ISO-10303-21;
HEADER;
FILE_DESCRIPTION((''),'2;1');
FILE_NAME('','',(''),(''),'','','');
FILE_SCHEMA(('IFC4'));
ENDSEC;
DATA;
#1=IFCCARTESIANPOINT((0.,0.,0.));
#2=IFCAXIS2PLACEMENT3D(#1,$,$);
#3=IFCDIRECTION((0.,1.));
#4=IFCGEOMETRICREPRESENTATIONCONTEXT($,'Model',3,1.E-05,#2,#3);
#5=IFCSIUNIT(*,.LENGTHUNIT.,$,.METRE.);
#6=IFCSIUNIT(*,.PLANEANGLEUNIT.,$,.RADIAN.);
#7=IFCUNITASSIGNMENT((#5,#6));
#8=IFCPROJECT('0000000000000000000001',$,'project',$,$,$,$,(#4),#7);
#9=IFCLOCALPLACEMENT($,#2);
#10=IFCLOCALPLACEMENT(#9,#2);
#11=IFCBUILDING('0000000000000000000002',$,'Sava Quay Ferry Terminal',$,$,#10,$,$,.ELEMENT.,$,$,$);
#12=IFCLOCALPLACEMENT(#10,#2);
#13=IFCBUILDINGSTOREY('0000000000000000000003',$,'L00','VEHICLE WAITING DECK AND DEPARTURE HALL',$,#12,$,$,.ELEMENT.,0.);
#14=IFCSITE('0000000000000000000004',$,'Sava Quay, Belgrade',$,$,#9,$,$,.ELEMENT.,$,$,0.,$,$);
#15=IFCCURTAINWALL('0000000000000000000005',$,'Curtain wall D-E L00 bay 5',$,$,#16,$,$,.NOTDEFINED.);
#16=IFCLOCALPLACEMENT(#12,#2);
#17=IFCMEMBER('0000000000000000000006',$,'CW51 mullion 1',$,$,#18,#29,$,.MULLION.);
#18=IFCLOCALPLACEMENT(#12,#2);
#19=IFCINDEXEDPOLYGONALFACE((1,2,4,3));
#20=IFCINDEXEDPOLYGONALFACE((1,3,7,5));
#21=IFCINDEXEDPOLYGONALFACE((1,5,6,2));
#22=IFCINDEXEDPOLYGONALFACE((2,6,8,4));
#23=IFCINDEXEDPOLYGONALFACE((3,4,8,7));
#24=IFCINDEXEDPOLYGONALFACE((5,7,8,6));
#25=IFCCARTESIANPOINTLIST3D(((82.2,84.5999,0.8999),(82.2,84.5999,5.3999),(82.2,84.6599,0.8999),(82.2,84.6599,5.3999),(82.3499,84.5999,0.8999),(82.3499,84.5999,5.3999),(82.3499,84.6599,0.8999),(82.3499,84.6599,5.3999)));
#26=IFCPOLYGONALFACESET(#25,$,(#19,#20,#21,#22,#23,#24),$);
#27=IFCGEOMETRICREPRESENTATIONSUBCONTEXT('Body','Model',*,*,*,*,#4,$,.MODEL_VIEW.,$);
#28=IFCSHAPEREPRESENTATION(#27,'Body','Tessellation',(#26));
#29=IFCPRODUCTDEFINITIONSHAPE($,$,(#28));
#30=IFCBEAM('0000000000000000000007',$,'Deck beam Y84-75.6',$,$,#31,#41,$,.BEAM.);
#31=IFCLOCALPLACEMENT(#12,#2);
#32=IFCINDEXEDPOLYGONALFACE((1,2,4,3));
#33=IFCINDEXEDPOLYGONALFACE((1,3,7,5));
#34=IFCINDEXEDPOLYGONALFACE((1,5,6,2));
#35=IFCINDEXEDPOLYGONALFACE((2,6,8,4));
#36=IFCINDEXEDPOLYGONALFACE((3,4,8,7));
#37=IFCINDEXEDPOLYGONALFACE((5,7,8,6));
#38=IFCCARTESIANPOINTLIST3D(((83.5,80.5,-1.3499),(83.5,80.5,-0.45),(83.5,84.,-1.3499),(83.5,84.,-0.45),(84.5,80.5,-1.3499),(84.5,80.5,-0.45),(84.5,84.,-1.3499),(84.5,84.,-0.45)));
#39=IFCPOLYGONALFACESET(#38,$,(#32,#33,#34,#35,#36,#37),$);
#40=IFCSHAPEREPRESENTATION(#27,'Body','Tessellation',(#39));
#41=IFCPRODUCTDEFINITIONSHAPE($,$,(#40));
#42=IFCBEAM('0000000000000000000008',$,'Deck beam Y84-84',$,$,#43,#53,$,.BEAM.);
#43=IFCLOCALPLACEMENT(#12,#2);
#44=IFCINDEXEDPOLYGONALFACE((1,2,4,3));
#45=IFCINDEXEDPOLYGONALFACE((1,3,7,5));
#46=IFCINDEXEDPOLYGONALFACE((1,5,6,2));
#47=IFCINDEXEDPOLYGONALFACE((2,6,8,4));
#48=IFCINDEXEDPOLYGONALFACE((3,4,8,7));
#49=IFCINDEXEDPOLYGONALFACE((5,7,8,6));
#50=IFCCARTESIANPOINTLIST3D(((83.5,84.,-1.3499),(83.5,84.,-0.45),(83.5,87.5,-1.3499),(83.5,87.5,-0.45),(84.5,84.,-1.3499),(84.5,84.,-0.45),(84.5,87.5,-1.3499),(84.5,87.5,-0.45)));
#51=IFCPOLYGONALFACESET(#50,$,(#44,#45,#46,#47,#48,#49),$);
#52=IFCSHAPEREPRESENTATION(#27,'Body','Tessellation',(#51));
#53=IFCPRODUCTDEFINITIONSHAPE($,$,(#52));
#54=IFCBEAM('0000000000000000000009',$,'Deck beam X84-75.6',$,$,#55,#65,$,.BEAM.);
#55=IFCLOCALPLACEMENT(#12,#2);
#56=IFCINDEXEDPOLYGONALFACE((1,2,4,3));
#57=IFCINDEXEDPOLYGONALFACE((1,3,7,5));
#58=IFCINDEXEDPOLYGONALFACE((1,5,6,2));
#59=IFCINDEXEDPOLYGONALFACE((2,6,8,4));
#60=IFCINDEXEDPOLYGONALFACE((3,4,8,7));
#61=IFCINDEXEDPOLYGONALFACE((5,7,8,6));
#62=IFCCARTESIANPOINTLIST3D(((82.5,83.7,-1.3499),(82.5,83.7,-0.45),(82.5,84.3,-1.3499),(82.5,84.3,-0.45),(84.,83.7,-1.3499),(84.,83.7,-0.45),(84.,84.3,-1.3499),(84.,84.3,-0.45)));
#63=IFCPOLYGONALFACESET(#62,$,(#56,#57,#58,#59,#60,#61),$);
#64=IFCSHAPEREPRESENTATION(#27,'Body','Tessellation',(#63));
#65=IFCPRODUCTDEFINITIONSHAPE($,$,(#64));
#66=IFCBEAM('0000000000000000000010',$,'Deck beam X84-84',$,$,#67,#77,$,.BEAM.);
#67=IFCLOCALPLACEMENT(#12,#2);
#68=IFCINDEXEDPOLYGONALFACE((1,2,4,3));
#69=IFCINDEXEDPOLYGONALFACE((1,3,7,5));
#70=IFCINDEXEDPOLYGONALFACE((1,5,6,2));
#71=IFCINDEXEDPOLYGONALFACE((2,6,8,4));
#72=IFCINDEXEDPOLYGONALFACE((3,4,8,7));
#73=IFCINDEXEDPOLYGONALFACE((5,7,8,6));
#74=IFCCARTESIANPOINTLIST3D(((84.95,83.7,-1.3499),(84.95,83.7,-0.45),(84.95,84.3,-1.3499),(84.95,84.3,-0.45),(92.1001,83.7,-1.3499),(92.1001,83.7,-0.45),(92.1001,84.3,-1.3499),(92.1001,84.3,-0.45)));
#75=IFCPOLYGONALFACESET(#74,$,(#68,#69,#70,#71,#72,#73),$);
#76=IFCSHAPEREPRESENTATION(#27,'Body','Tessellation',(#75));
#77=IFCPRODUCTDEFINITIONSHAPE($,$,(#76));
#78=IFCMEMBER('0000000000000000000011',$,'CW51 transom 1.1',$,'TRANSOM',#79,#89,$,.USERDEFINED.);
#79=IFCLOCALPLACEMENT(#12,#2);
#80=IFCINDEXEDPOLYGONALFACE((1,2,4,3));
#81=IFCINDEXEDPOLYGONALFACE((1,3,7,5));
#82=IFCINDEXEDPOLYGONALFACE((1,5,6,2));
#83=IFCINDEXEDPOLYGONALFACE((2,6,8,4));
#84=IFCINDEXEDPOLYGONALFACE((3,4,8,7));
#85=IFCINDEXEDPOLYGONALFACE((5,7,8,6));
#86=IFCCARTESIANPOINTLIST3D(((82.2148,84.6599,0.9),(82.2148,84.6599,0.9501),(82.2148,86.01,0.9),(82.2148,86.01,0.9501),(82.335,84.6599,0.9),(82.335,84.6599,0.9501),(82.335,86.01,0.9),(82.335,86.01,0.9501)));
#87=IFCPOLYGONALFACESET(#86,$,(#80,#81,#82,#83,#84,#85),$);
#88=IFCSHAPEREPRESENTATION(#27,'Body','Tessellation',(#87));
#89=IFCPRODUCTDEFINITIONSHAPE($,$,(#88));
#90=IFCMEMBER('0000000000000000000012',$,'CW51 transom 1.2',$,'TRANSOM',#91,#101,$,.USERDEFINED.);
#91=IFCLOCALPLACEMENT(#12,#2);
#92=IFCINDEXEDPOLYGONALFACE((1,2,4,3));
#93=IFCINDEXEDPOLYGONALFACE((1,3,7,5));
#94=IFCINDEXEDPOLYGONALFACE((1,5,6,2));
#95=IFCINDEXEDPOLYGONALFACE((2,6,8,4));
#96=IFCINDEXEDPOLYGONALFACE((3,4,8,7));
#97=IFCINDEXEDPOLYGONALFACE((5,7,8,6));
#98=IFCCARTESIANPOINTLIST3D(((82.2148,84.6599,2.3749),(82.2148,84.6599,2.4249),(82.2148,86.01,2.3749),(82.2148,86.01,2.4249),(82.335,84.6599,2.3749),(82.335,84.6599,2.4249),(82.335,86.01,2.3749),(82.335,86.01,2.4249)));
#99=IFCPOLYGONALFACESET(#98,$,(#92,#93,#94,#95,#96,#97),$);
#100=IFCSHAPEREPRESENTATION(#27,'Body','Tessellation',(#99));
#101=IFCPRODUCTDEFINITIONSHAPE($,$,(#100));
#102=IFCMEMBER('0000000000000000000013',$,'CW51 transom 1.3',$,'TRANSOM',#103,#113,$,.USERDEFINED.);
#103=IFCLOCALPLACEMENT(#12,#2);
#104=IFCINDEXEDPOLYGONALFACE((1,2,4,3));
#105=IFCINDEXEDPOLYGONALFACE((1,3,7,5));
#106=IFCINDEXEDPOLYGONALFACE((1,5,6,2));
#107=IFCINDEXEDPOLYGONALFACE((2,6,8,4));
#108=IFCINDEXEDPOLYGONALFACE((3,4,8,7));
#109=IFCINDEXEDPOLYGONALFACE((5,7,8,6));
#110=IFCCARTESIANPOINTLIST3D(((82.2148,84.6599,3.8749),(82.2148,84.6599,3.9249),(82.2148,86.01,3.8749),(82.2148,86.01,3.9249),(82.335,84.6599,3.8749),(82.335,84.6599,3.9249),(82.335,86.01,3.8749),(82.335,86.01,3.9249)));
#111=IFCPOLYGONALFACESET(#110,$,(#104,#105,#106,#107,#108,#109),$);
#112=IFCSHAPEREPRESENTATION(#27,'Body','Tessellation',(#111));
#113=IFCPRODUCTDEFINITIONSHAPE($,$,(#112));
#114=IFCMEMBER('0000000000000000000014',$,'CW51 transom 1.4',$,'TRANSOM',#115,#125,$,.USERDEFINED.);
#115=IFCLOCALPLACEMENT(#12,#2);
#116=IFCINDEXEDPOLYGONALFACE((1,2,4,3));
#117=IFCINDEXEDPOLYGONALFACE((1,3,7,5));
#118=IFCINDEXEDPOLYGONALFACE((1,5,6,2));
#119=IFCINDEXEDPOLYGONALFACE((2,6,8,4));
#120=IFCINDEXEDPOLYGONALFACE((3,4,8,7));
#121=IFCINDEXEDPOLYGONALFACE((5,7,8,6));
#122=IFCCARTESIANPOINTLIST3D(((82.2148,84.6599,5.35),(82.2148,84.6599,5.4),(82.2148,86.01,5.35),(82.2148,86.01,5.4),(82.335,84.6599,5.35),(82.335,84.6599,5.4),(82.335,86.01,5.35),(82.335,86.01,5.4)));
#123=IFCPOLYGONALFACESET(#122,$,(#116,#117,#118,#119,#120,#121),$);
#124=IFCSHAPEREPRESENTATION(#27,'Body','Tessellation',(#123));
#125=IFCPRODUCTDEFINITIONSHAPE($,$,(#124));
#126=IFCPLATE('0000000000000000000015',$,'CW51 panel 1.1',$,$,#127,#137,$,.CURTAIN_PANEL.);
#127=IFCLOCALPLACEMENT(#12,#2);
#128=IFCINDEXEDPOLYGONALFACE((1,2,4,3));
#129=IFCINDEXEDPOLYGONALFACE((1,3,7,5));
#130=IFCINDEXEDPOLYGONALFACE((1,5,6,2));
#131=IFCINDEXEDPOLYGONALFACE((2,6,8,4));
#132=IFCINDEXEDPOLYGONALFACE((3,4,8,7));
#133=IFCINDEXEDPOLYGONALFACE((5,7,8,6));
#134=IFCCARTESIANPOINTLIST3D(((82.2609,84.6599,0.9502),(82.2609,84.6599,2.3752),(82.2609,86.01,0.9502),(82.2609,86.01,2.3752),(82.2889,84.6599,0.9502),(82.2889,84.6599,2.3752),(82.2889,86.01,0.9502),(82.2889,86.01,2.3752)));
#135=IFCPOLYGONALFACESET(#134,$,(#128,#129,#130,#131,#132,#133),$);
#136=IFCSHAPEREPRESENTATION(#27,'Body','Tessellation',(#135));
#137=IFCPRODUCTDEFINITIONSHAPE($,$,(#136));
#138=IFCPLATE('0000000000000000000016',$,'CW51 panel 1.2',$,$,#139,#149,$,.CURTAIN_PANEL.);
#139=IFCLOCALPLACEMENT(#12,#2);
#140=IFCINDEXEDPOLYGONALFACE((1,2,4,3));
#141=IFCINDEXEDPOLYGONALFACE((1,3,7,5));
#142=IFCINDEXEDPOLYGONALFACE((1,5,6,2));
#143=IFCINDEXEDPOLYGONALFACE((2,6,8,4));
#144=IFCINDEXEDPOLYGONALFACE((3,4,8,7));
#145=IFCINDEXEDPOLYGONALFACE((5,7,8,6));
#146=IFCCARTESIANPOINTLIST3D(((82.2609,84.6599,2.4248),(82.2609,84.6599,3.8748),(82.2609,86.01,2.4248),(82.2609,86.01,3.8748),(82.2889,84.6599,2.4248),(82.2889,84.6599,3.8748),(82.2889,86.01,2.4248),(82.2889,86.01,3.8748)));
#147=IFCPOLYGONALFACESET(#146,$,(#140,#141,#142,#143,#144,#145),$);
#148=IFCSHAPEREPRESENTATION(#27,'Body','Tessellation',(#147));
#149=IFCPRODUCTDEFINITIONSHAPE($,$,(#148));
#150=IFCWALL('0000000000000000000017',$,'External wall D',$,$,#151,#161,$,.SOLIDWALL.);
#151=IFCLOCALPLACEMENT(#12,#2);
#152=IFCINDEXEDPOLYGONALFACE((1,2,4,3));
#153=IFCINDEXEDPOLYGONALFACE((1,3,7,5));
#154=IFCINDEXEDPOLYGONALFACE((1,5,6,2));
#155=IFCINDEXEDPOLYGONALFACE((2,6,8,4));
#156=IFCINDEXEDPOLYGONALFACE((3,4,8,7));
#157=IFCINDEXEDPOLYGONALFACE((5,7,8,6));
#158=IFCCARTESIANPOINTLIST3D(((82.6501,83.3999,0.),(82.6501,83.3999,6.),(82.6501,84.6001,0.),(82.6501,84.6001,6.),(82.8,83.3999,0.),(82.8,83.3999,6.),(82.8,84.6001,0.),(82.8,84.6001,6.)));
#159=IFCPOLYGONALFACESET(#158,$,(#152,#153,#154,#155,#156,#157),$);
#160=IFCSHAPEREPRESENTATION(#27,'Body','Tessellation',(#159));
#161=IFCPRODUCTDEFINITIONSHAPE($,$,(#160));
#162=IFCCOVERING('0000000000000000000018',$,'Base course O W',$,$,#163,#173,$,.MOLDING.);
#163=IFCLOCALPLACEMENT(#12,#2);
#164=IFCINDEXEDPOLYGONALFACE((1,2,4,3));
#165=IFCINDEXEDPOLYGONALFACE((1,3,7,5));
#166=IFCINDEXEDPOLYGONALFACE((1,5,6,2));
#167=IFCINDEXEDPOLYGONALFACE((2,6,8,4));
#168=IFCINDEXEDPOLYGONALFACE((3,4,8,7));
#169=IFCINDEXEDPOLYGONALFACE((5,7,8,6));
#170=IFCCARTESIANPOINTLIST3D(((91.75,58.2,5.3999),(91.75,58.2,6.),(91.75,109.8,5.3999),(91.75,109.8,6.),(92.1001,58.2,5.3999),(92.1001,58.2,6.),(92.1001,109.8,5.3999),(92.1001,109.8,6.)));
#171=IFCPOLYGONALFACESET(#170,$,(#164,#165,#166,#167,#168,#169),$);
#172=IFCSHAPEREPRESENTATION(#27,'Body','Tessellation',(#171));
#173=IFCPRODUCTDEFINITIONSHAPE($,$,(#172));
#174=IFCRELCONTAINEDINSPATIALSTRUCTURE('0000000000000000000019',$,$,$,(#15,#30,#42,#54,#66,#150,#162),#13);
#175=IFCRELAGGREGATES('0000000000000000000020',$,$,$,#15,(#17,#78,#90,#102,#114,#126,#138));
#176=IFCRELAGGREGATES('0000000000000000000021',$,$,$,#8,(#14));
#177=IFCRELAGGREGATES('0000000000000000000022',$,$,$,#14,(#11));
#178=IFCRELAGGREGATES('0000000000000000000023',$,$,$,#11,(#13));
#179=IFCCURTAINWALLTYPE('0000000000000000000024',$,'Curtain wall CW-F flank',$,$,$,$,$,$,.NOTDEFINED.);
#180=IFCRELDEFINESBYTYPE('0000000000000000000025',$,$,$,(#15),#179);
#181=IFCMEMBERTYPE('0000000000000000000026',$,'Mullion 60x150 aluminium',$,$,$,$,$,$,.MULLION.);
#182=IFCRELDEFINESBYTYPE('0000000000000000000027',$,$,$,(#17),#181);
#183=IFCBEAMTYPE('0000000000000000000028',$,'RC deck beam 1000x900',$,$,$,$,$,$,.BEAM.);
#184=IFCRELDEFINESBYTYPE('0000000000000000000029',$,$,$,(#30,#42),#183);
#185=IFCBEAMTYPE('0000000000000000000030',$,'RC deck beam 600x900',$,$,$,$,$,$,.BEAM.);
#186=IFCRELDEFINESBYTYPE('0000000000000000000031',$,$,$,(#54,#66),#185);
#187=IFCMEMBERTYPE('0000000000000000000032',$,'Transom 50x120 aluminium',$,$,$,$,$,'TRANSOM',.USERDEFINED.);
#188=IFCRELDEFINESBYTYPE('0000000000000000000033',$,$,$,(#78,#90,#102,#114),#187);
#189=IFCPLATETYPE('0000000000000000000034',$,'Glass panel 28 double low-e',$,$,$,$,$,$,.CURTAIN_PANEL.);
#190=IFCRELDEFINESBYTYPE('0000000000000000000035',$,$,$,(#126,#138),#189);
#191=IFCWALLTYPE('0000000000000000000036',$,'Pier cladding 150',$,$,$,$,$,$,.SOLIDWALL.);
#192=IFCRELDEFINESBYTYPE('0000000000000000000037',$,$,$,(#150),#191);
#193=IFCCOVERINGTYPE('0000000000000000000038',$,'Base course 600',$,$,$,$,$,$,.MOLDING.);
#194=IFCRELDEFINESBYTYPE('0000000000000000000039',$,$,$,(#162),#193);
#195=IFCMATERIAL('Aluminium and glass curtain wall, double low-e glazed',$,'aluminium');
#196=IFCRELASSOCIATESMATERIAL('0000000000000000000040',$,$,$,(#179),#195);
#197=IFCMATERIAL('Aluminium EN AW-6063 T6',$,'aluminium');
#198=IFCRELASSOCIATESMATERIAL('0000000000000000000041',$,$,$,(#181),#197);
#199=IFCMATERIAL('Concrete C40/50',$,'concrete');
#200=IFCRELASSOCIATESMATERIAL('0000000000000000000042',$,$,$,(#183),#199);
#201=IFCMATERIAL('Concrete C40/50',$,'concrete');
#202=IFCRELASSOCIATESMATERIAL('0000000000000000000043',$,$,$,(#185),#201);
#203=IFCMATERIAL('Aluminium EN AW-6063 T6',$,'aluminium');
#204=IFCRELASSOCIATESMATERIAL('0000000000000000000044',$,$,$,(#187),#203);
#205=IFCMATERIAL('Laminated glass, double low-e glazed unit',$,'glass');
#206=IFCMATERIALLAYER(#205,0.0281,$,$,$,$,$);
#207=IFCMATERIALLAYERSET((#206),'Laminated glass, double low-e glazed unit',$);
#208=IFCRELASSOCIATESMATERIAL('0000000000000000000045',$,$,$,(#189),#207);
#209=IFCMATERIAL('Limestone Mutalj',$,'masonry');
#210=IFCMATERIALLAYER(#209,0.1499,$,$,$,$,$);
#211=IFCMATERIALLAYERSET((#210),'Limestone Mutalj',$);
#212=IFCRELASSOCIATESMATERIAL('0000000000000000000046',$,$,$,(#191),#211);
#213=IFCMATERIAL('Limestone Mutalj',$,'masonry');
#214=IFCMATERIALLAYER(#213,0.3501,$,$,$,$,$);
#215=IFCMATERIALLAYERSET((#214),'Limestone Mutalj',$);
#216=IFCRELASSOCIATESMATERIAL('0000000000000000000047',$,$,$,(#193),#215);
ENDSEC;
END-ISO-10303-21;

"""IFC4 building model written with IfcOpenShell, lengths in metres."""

from ifc_helpers import new_model, si_unit, direction, frame, frame_2d, origin, origin_2d, place, context, subcontext, project, spatial, rectangle, extrude, material, layer, layer_set, material_profile, profile_set, type_object, element, aggregate, save


model = new_model("IFC4")

# Units and contexts
model_context = context("Model", 3, precision=1e-05, world=origin(), true_north=direction((0.0, 1.0)))
body_context = subcontext(model_context, "Body", "Model", "MODEL_VIEW")
ifc_project = project(units=[si_unit("LENGTHUNIT", "METRE"), si_unit("PLANEANGLEUNIT", "RADIAN")], contexts=[model_context])

# Site, building, storey
site_placement = place(None, origin())
site = spatial("IfcSite", under=ifc_project, at=site_placement, Name="Sava Quay, Belgrade", CompositionType="ELEMENT", RefElevation=0.0)
building_placement = place(site_placement, origin())
building = spatial("IfcBuilding", under=site, at=building_placement, Name="Sava Quay Ferry Terminal", CompositionType="ELEMENT")
storey_placement = place(building_placement, origin())
storey = spatial("IfcBuildingStorey", under=building, at=storey_placement, Name="L00", Description="VEHICLE WAITING DECK AND DEPARTURE HALL", CompositionType="ELEMENT", Elevation=0.0)

# Curtain wall, member
ifc_material_1 = material(Name="Aluminium and glass curtain wall, double low-e glazed", Category="aluminium")
curtain_wall_type = type_object("IfcCurtainWallType", Name="Curtain wall CW-F flank", PredefinedType="NOTDEFINED", material=ifc_material_1)
curtain_wall_placement = place(storey_placement, origin())
curtain_wall = element("IfcCurtainWall", 1, at=curtain_wall_placement, inside=storey, type_object=curtain_wall_type, Name="Curtain wall D-E L00 bay 5", PredefinedType="NOTDEFINED")
ifc_material_2 = material(Name="Aluminium EN AW-6063 T6", Category="aluminium")
ifc_material_profile_1 = material_profile(ifc_material_2, rectangle(XDim=0.1499, YDim=0.0601, at=origin_2d()), Name="Mullion 60x150 aluminium")
ifc_profile_set_1 = profile_set([ifc_material_profile_1], Name="Aluminium EN AW-6063 T6")
member_type_1 = type_object("IfcMemberType", Name="Mullion 60x150 aluminium", PredefinedType="MULLION", material=ifc_profile_set_1)
member_1_placement = place(storey_placement, frame((82.2749, 84.6299, 0.8999), z_axis=(0.0, 0.0, 1.0), x_axis=(-1.0, 0.0, 0.0)))
member_1 = element("IfcMember", 2, at=member_1_placement, type_object=member_type_1, Name="CW51 mullion 1", PredefinedType="MULLION", context=body_context, shape_type="SweptSolid", body=[
    extrude(rectangle(XDim=0.1499, YDim=0.0601, at=origin_2d()), origin(), (0.0, 0.0, 1.0), 4.5),
])

# Beams
ifc_material_3 = material(Name="Concrete C40/50", Category="concrete")
ifc_material_profile_2 = material_profile(ifc_material_3, rectangle(XDim=1.0, YDim=0.8999, at=origin_2d()), Name="RC 1000x900")
ifc_profile_set_2 = profile_set([ifc_material_profile_2], Name="Concrete C40/50")
beam_type_1 = type_object("IfcBeamType", Name="RC deck beam 1000x900", PredefinedType="BEAM", material=ifc_profile_set_2)
for number, where, z_axis, x_axis, name in (
    (3, (84.0, 80.5, -0.8999), (0.0, 1.0, 0.0), (-1.0, 0.0, 0.0), "Deck beam Y84-75.6"),
    (4, (84.0, 84.0, -0.8999), (0.0, 1.0, 0.0), (-1.0, 0.0, 0.0), "Deck beam Y84-84"),
):
    element("IfcBeam", number, at=place(storey_placement, frame(where, z_axis=z_axis, x_axis=x_axis)), inside=storey, type_object=beam_type_1, Name=name, PredefinedType="BEAM", context=body_context, shape_type="SweptSolid", body=[
        extrude(rectangle(XDim=1.0, YDim=0.8999, at=origin_2d()), origin(), (0.0, 0.0, 1.0), 3.5),
    ])
ifc_material_4 = material(Name="Concrete C40/50", Category="concrete")
ifc_material_profile_3 = material_profile(ifc_material_4, rectangle(XDim=0.6001, YDim=0.8999, at=origin_2d()), Name="RC 600x900")
ifc_profile_set_3 = profile_set([ifc_material_profile_3], Name="Concrete C40/50")
beam_type_2 = type_object("IfcBeamType", Name="RC deck beam 600x900", PredefinedType="BEAM", material=ifc_profile_set_3)
beam_1_placement = place(storey_placement, frame((82.5, 84.0, -0.8999), z_axis=(1.0, 0.0, 0.0), x_axis=(0.0, 1.0, 0.0)))
element("IfcBeam", 5, at=beam_1_placement, inside=storey, type_object=beam_type_2, Name="Deck beam X84-75.6", PredefinedType="BEAM", context=body_context, shape_type="SweptSolid", body=[
    extrude(rectangle(XDim=0.6001, YDim=0.8999, at=origin_2d()), origin(), (0.0, 0.0, 1.0), 1.5),
])
beam_2_placement = place(storey_placement, frame((84.95, 84.0, -0.8999), z_axis=(1.0, 0.0, 0.0), x_axis=(0.0, 1.0, 0.0)))
element("IfcBeam", 6, at=beam_2_placement, inside=storey, type_object=beam_type_2, Name="Deck beam X84-84", PredefinedType="BEAM", context=body_context, shape_type="SweptSolid", body=[
    extrude(rectangle(XDim=0.6001, YDim=0.8999, at=origin_2d()), origin(), (0.0, 0.0, 1.0), 7.1501),
])

# Members
ifc_material_5 = material(Name="Aluminium EN AW-6063 T6", Category="aluminium")
ifc_material_profile_4 = material_profile(ifc_material_5, rectangle(XDim=0.1201, YDim=0.05, at=origin_2d()), Name="Transom 50x120 aluminium")
ifc_profile_set_4 = profile_set([ifc_material_profile_4], Name="Aluminium EN AW-6063 T6")
member_type_2 = type_object("IfcMemberType", Name="Transom 50x120 aluminium", ElementType="TRANSOM", PredefinedType="USERDEFINED", material=ifc_profile_set_4)
member_2_placement = place(storey_placement, frame((82.2749, 84.6599, 0.925), z_axis=(0.0, 1.0, 0.0), x_axis=(-1.0, 0.0, 0.0)))
member_2 = element("IfcMember", 7, at=member_2_placement, type_object=member_type_2, Name="CW51 transom 1.1", ObjectType="TRANSOM", PredefinedType="USERDEFINED", context=body_context, shape_type="SweptSolid", body=[
    extrude(rectangle(XDim=0.1201, YDim=0.05, at=origin_2d()), origin(), (0.0, 0.0, 1.0), 1.3501),
])
member_3_placement = place(storey_placement, frame((82.2749, 84.6599, 2.3999), z_axis=(0.0, 1.0, 0.0), x_axis=(-1.0, 0.0, 0.0)))
member_3 = element("IfcMember", 8, at=member_3_placement, type_object=member_type_2, Name="CW51 transom 1.2", ObjectType="TRANSOM", PredefinedType="USERDEFINED", context=body_context, shape_type="SweptSolid", body=[
    extrude(rectangle(XDim=0.1201, YDim=0.05, at=origin_2d()), origin(), (0.0, 0.0, 1.0), 1.3501),
])
member_4_placement = place(storey_placement, frame((82.2749, 84.6599, 3.8999), z_axis=(0.0, 1.0, 0.0), x_axis=(-1.0, 0.0, 0.0)))
member_4 = element("IfcMember", 9, at=member_4_placement, type_object=member_type_2, Name="CW51 transom 1.3", ObjectType="TRANSOM", PredefinedType="USERDEFINED", context=body_context, shape_type="SweptSolid", body=[
    extrude(rectangle(XDim=0.1201, YDim=0.05, at=origin_2d()), origin(), (0.0, 0.0, 1.0), 1.3501),
])
member_5_placement = place(storey_placement, frame((82.2749, 84.6599, 5.375), z_axis=(0.0, 1.0, 0.0), x_axis=(-1.0, 0.0, 0.0)))
member_5 = element("IfcMember", 10, at=member_5_placement, type_object=member_type_2, Name="CW51 transom 1.4", ObjectType="TRANSOM", PredefinedType="USERDEFINED", context=body_context, shape_type="SweptSolid", body=[
    extrude(rectangle(XDim=0.1201, YDim=0.05, at=origin_2d()), origin(), (0.0, 0.0, 1.0), 1.3501),
])

# Plates
ifc_material_6 = material(Name="Laminated glass, double low-e glazed unit", Category="glass")
ifc_layer_1 = layer(ifc_material_6, 0.0281)
ifc_layer_set_1 = layer_set([ifc_layer_1], Name="Laminated glass, double low-e glazed unit")
plate_type = type_object("IfcPlateType", Name="Glass panel 28 double low-e", PredefinedType="CURTAIN_PANEL", material=ifc_layer_set_1)
plate_1_placement = place(storey_placement, frame((82.2749, 85.335, 0.9502), z_axis=(0.0, 0.0, 1.0), x_axis=(0.0, 1.0, 0.0)))
plate_1 = element("IfcPlate", 11, at=plate_1_placement, type_object=plate_type, Name="CW51 panel 1.1", PredefinedType="CURTAIN_PANEL", context=body_context, shape_type="SweptSolid", body=[
    extrude(rectangle(XDim=1.3501, YDim=0.0281, at=origin_2d()), origin(), (0.0, 0.0, 1.0), 1.425),
])
plate_2_placement = place(storey_placement, frame((82.2749, 85.335, 2.4248), z_axis=(0.0, 0.0, 1.0), x_axis=(0.0, 1.0, 0.0)))
plate_2 = element("IfcPlate", 12, at=plate_2_placement, type_object=plate_type, Name="CW51 panel 1.2", PredefinedType="CURTAIN_PANEL", context=body_context, shape_type="SweptSolid", body=[
    extrude(rectangle(XDim=1.3501, YDim=0.0281, at=origin_2d()), origin(), (0.0, 0.0, 1.0), 1.45),
])
aggregate(curtain_wall, [member_1, member_2, member_3, member_4, member_5, plate_1, plate_2])

# Wall
ifc_material_7 = material(Name="Limestone Mutalj", Category="masonry")
ifc_layer_2 = layer(ifc_material_7, 0.1499)
ifc_layer_set_2 = layer_set([ifc_layer_2], Name="Limestone Mutalj")
wall_type = type_object("IfcWallType", Name="Pier cladding 150", PredefinedType="SOLIDWALL", material=ifc_layer_set_2)
wall_placement = place(storey_placement, frame((82.7251, 83.3999, 0.0), z_axis=(0.0, 0.0, 1.0), x_axis=(0.0, 1.0, 0.0)))
element("IfcWall", 13, at=wall_placement, inside=storey, type_object=wall_type, Name="External wall D", PredefinedType="SOLIDWALL", context=body_context, shape_type="SweptSolid", body=[
    extrude(rectangle(XDim=1.2002, YDim=0.1499, at=frame_2d((0.6001, 0.0))), origin(), (0.0, 0.0, 1.0), 6.0),
])

# Covering
ifc_material_8 = material(Name="Limestone Mutalj", Category="masonry")
ifc_layer_3 = layer(ifc_material_8, 0.3501)
ifc_layer_set_3 = layer_set([ifc_layer_3], Name="Limestone Mutalj")
covering_type_1 = type_object("IfcCoveringType", Name="Base course 600", PredefinedType="MOLDING", material=ifc_layer_set_3)
covering_1_placement = place(storey_placement, frame((91.925, 84.0, 5.3999), z_axis=(0.0, 0.0, 1.0), x_axis=(1.0, 0.0, 0.0)))
element("IfcCovering", 14, at=covering_1_placement, inside=storey, type_object=covering_type_1, Name="Base course O W", PredefinedType="MOLDING", context=body_context, shape_type="SweptSolid", body=[
    extrude(rectangle(XDim=0.3501, YDim=51.6001, at=origin_2d()), origin(), (0.0, 0.0, 1.0), 0.6001),
])

save(model, "model.ifc")
